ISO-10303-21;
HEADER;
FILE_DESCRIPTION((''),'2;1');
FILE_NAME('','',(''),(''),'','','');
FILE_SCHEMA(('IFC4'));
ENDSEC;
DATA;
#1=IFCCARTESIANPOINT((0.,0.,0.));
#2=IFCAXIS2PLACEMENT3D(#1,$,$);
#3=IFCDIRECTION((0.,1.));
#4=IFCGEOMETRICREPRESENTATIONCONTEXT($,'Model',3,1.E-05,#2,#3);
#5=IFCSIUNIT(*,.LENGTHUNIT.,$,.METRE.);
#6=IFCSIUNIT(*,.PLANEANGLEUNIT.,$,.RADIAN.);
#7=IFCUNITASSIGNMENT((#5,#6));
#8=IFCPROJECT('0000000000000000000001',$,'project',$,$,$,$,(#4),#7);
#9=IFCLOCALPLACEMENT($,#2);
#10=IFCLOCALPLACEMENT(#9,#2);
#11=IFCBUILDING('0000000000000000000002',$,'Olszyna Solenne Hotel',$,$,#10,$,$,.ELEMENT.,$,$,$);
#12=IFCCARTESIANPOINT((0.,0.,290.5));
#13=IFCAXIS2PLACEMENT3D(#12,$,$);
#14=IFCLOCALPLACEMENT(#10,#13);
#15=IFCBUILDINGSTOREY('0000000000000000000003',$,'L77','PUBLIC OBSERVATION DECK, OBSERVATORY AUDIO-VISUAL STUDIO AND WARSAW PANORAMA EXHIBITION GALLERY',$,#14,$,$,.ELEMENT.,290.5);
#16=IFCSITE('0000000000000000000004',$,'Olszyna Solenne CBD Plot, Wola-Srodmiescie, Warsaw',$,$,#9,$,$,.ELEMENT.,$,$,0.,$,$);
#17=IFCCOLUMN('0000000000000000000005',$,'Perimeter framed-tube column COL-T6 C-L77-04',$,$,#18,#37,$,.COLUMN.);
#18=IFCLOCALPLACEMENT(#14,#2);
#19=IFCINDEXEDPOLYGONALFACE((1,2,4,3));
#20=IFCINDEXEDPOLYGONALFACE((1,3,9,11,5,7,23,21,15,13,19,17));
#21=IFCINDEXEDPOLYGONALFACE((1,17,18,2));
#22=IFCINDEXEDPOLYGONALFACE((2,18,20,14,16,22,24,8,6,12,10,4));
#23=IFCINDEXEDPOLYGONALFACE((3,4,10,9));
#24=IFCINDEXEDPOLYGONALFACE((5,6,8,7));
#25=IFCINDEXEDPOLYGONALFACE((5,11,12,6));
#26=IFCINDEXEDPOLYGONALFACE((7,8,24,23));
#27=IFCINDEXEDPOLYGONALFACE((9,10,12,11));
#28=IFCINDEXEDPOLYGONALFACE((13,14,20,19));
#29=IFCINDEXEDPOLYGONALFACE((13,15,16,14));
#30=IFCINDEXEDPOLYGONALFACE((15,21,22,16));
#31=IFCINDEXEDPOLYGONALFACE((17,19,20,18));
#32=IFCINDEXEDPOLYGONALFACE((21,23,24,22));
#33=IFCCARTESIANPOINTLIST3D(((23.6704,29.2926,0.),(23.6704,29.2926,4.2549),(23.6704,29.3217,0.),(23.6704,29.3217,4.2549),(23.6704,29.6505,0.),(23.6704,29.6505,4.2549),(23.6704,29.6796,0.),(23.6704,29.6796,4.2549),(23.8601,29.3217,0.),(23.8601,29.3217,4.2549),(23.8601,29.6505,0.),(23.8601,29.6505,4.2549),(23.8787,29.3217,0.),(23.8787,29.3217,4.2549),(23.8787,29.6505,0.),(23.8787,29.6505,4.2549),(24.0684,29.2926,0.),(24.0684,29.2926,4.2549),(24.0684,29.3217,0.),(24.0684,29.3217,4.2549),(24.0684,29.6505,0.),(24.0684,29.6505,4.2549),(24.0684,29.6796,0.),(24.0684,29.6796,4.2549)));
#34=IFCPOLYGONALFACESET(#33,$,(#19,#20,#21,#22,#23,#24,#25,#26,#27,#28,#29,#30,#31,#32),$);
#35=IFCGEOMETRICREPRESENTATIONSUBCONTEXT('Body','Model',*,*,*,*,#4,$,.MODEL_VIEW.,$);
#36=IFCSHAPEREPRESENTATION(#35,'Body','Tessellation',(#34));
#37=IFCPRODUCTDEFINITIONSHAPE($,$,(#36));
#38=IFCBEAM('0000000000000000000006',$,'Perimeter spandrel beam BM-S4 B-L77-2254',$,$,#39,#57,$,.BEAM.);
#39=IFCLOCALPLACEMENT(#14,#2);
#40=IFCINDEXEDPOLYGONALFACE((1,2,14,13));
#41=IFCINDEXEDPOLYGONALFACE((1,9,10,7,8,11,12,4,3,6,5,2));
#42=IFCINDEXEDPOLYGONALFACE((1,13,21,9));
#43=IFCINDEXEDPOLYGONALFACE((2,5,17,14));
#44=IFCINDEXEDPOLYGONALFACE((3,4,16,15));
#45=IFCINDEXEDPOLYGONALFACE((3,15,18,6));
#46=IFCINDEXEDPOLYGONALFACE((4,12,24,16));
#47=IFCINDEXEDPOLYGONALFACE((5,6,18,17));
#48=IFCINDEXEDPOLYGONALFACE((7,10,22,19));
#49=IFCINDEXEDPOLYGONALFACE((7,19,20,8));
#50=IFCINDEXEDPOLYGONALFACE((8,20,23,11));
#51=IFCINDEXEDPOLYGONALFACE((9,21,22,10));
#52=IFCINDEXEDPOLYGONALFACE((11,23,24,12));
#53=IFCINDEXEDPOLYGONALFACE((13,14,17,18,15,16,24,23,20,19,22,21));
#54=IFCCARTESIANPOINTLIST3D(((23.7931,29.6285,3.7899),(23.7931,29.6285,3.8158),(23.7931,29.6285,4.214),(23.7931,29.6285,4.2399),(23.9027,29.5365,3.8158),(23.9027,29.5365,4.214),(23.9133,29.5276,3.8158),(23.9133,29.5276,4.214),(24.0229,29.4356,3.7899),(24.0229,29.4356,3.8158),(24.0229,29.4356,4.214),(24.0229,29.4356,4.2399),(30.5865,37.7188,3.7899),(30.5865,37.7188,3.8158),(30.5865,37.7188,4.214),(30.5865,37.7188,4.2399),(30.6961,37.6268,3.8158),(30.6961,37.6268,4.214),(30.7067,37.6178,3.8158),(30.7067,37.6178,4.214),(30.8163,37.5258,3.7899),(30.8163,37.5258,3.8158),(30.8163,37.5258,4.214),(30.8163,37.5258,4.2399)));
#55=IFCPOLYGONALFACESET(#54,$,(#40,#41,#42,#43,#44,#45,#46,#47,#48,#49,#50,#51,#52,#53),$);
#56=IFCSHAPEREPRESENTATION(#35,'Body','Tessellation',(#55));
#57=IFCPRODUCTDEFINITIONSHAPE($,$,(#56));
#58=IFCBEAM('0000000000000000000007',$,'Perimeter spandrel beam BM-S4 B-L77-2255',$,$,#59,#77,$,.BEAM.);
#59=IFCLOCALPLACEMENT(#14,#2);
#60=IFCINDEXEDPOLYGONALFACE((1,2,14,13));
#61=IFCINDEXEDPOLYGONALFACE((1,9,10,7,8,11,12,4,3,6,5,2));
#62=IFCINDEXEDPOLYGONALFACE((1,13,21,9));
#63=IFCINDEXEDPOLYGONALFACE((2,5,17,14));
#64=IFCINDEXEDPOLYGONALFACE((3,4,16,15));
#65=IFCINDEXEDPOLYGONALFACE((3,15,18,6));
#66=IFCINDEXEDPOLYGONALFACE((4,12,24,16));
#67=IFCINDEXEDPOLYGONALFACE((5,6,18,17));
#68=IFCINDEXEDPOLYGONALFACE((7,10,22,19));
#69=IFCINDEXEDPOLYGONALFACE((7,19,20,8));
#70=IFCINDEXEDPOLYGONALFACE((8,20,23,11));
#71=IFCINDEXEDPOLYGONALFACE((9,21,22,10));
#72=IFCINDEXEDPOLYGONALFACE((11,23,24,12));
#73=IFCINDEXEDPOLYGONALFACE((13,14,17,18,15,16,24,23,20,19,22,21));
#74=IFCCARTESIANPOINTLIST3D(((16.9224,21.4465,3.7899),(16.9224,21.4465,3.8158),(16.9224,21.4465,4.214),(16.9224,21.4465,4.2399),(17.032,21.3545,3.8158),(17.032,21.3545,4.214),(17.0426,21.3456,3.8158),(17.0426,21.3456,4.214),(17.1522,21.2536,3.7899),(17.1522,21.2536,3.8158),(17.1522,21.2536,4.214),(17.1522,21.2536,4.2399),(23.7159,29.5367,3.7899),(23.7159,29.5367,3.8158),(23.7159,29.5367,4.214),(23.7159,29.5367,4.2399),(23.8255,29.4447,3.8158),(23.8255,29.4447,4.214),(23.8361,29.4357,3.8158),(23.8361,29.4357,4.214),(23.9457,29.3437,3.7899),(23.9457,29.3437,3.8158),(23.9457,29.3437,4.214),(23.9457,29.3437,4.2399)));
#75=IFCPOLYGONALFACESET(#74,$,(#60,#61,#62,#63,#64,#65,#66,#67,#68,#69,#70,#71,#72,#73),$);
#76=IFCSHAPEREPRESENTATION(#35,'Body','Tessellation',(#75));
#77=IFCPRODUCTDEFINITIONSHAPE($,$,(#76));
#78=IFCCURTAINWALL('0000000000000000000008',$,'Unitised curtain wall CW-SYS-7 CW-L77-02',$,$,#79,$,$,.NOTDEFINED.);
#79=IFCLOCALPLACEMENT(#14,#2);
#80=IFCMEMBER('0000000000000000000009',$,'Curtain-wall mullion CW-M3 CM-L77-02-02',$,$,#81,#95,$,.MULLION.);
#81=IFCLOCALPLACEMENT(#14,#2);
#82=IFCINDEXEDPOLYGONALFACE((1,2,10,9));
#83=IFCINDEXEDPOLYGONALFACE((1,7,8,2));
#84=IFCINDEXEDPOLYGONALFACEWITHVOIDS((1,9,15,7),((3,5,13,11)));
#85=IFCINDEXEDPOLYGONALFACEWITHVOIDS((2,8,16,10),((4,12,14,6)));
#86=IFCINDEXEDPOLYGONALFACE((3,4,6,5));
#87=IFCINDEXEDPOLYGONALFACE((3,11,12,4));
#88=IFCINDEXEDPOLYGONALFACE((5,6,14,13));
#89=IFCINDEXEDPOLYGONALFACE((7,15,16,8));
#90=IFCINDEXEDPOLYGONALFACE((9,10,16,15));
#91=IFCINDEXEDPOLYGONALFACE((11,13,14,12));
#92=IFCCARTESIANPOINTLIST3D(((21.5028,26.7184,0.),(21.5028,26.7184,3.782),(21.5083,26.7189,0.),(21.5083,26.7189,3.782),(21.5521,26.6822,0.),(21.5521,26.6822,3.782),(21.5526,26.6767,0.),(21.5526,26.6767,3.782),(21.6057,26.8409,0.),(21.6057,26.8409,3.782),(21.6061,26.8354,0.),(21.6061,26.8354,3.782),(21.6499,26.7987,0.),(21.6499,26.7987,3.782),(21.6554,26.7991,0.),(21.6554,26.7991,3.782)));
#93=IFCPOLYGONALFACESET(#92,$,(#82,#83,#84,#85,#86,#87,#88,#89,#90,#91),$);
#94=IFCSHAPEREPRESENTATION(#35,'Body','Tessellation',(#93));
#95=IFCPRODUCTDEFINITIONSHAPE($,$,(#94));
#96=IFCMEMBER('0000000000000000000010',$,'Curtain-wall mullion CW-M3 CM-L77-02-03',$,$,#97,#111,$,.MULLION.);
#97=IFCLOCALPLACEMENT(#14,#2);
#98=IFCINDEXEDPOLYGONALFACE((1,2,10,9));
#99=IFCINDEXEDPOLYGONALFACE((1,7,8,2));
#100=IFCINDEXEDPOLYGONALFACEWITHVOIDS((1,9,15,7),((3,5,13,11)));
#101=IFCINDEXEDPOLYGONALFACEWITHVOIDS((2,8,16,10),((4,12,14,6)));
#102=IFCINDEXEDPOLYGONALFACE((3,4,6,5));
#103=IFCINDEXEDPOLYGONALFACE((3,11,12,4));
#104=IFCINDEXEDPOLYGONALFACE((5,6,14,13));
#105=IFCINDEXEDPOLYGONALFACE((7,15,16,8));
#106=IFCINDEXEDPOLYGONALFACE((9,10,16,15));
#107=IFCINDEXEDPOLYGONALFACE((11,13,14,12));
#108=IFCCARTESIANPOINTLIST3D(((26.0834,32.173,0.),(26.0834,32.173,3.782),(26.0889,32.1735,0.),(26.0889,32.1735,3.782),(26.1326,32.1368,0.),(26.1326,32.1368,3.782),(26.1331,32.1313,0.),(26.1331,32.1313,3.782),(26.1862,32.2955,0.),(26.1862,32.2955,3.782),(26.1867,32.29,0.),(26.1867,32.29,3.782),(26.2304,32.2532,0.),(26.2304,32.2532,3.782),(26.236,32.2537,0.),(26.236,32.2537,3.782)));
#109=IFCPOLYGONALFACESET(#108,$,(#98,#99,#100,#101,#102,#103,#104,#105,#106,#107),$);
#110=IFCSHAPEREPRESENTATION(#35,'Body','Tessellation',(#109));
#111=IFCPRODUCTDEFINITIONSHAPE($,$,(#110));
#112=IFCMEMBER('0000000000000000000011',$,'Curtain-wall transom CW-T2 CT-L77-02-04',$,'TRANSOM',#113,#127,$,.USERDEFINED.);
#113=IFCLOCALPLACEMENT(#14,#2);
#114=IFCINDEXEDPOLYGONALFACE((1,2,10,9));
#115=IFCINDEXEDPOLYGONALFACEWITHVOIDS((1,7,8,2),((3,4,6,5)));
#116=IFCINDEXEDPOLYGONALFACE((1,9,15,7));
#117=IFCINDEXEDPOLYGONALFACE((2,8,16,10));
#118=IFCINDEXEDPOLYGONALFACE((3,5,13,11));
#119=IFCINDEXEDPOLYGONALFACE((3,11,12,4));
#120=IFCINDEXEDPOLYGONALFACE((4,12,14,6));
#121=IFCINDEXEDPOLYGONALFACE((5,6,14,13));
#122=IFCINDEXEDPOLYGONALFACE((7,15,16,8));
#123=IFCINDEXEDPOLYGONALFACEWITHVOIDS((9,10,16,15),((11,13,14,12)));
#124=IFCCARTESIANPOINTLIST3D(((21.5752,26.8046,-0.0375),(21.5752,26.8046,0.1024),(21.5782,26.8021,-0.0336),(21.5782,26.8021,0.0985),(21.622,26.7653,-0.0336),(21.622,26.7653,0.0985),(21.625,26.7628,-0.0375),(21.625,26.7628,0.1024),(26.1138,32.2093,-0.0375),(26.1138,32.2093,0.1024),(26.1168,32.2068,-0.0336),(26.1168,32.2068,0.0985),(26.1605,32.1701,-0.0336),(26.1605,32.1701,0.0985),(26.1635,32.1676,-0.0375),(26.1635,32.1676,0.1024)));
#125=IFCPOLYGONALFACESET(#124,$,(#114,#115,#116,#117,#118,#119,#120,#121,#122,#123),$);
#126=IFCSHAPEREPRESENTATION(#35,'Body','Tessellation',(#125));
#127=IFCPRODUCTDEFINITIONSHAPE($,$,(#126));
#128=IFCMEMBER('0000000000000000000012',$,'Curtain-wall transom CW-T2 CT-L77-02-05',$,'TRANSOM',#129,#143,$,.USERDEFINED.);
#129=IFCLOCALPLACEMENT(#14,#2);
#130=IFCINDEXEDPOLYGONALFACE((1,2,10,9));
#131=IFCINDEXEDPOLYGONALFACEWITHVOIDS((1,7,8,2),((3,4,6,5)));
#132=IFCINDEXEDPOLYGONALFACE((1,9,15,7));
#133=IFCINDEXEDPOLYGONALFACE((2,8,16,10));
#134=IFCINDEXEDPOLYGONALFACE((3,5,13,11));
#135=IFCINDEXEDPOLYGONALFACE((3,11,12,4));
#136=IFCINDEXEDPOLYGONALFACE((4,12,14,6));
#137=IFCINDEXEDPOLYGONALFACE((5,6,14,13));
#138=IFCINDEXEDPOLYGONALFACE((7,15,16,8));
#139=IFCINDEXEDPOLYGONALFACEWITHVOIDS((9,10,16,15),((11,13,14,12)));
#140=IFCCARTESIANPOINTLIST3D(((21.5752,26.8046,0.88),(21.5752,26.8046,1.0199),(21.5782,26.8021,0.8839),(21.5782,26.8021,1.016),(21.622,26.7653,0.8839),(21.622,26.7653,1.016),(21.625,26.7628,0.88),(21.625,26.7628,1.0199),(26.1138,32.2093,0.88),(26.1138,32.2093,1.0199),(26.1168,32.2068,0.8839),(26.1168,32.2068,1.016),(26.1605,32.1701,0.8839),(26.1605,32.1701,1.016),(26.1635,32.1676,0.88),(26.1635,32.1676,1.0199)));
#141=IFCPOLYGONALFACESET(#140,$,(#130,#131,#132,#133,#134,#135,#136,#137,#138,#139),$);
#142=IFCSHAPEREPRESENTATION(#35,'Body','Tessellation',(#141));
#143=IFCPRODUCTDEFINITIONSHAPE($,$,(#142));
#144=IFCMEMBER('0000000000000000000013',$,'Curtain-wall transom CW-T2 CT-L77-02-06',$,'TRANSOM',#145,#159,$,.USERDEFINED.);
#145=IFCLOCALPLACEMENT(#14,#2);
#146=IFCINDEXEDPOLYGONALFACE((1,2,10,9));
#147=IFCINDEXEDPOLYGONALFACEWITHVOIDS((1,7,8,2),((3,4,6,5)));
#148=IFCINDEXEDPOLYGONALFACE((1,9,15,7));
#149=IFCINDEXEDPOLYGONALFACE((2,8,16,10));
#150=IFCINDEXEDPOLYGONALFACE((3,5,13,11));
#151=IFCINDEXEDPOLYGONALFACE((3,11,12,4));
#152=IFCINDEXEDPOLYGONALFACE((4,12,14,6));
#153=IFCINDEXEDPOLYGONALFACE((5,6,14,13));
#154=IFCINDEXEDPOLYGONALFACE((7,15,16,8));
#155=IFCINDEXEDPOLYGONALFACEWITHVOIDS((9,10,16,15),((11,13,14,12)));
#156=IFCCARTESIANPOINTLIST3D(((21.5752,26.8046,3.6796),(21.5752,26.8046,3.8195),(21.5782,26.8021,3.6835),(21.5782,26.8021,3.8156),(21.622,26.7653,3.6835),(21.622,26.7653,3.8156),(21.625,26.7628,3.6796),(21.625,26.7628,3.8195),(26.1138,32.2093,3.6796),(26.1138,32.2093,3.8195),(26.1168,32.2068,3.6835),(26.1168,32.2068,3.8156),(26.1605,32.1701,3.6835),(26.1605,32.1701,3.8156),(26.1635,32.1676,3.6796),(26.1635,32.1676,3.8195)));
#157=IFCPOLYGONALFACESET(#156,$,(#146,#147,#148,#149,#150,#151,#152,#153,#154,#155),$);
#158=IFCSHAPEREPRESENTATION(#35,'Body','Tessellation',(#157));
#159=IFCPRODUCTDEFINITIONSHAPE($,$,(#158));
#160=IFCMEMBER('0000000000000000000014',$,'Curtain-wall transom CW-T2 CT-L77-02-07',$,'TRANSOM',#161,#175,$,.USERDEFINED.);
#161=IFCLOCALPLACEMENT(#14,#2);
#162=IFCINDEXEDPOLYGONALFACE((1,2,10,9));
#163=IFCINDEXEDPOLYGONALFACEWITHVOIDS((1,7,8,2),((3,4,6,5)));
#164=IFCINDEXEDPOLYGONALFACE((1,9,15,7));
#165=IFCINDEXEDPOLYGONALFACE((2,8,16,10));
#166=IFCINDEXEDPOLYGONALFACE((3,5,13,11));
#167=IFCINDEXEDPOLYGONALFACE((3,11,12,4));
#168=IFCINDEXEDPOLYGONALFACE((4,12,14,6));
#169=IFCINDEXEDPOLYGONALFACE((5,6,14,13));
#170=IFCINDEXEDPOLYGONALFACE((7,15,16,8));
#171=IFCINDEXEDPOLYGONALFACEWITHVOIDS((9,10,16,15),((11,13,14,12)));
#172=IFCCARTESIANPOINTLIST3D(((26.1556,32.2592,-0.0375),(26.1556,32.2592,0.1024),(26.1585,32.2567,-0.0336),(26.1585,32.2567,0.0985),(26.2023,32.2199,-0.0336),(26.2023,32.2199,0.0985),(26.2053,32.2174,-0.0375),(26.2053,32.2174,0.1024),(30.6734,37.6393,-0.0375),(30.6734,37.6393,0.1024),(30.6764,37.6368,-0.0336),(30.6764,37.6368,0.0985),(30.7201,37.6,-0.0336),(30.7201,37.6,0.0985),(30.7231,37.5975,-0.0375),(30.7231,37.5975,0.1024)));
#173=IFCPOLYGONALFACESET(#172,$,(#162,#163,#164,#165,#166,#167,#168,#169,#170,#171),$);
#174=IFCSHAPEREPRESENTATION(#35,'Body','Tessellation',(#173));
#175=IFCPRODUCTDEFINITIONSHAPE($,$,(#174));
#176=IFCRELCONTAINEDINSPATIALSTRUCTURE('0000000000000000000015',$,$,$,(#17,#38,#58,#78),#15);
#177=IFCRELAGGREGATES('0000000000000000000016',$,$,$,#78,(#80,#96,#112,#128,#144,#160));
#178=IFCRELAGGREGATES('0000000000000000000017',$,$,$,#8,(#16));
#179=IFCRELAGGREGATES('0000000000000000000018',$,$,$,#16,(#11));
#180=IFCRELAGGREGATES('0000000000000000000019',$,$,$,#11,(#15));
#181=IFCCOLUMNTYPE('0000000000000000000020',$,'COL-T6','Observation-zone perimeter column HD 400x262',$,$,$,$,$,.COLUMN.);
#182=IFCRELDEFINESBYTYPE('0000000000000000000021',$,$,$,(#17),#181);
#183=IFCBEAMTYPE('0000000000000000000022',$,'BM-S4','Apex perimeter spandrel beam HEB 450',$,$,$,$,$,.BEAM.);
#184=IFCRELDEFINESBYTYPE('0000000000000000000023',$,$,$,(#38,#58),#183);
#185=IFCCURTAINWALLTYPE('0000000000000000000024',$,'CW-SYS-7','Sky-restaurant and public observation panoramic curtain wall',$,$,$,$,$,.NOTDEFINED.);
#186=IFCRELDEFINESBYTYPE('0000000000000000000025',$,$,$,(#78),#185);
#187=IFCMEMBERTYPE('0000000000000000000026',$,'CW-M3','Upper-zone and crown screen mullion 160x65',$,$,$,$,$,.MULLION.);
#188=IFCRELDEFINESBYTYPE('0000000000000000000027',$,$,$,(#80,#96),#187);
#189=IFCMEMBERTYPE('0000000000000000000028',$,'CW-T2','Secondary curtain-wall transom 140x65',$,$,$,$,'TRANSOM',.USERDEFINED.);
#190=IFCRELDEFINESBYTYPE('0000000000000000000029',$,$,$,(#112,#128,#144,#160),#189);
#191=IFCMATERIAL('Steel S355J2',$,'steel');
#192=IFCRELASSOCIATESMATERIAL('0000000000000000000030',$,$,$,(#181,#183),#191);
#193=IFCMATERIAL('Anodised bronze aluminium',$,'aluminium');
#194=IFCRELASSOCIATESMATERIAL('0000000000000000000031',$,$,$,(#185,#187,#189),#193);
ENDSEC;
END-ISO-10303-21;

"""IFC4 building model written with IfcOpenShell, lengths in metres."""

from ifc_helpers import new_model, si_unit, direction, frame, origin, origin_2d, place, context, subcontext, project, spatial, hollow_rectangle, i_section, extrude, source, transform, mapped, material, material_profile, profile_set, type_object, element, aggregate, save


model = new_model("IFC4")

# Units and contexts
model_context = context("Model", 3, precision=1e-05, world=origin(), true_north=direction((0.0, 1.0)))
body_context = subcontext(model_context, "Body", "Model", "MODEL_VIEW")
ifc_project = project(units=[si_unit("LENGTHUNIT", "METRE"), si_unit("PLANEANGLEUNIT", "RADIAN")], contexts=[model_context])

# Site, building, storey
site_placement = place(None, origin())
site = spatial("IfcSite", under=ifc_project, at=site_placement, Name="Olszyna Solenne CBD Plot, Wola-Srodmiescie, Warsaw", CompositionType="ELEMENT", RefElevation=0.0)
building_placement = place(site_placement, origin())
building = spatial("IfcBuilding", under=site, at=building_placement, Name="Olszyna Solenne Hotel", CompositionType="ELEMENT")
storey_placement = place(building_placement, frame((0.0, 0.0, 290.5)))
storey = spatial("IfcBuildingStorey", under=building, at=storey_placement, Name="L77", Description="PUBLIC OBSERVATION DECK, OBSERVATORY AUDIO-VISUAL STUDIO AND WARSAW PANORAMA EXHIBITION GALLERY", CompositionType="ELEMENT", Elevation=290.5)

# Column
ifc_material_1 = material(Name="Steel S355J2", Category="steel")
ifc_material_profile_1 = material_profile(ifc_material_1, i_section(OverallWidth=0.3979, OverallDepth=0.387, WebThickness=0.0186, FlangeThickness=0.0291, at=origin_2d()), Name="HD 400x262", Category="load-bearing")
ifc_profile_set_1 = profile_set([ifc_material_profile_1], Name="Steel S355J2")
column_type = type_object("IfcColumnType", Name="COL-T6", Description="Observation-zone perimeter column HD 400x262", PredefinedType="COLUMN", material=ifc_profile_set_1)
shared_shape_1 = source(origin(), body_context, "Body", "SweptSolid", [
    extrude(i_section(OverallWidth=0.3979, OverallDepth=0.387, WebThickness=0.0186, FlangeThickness=0.0291, at=origin_2d()), origin(), (0.0, 0.0, 1.0), 4.2549),
])
column_placement = place(storey_placement, frame((23.8694, 29.4861, 0.0), z_axis=(0.0, 0.0, 1.0), x_axis=(1.0, 0.0, 0.0)))
element("IfcColumn", 1, at=column_placement, inside=storey, type_object=column_type, Name="Perimeter framed-tube column COL-T6 C-L77-04", PredefinedType="COLUMN", context=body_context, shape_type="MappedRepresentation", body=[
    mapped(shared_shape_1, transform((0.0, 0.0, 0.0), x_axis=(1.0, 0.0, 0.0), y_axis=(0.0, 1.0, 0.0), z_axis=(0.0, 0.0, 1.0), scale=1.0)),
])

# Beams
ifc_material_profile_2 = material_profile(ifc_material_1, i_section(OverallWidth=0.3, OverallDepth=0.45, WebThickness=0.0139, FlangeThickness=0.0259, at=origin_2d()), Name="HEB 450", Category="load-bearing")
ifc_profile_set_2 = profile_set([ifc_material_profile_2], Name="Steel S355J2")
beam_type_1 = type_object("IfcBeamType", Name="BM-S4", Description="Apex perimeter spandrel beam HEB 450", PredefinedType="BEAM", material=ifc_profile_set_2)
shared_shape_2 = source(origin(), body_context, "Body", "SweptSolid", [
    extrude(i_section(OverallWidth=0.3, OverallDepth=0.45, WebThickness=0.0139, FlangeThickness=0.0259, at=origin_2d()), origin(), (0.0, 0.0, 1.0), 10.5642),
])
for number, where, z_axis, x_axis, name in (
    (2, (30.7014, 37.6223, 4.0149), (-0.643058, -0.765818, 0.0), (0.765818, -0.643058, 0.0), "Perimeter spandrel beam BM-S4 B-L77-2254"),
    (3, (23.8308, 29.4402, 4.0149), (-0.643069, -0.765808, 0.0), (0.765808, -0.643069, 0.0), "Perimeter spandrel beam BM-S4 B-L77-2255"),
):
    element("IfcBeam", number, at=place(storey_placement, frame(where, z_axis=z_axis, x_axis=x_axis)), inside=storey, type_object=beam_type_1, Name=name, PredefinedType="BEAM", context=body_context, shape_type="MappedRepresentation", body=[
        mapped(shared_shape_2, transform((0.0, 0.0, 0.0), x_axis=(1.0, 0.0, 0.0), y_axis=(0.0, 1.0, 0.0), z_axis=(0.0, 0.0, 1.0), scale=1.0)),
    ])

# Curtain wall, members
ifc_material_2 = material(Name="Anodised bronze aluminium", Category="aluminium")
curtain_wall_type = type_object("IfcCurtainWallType", Name="CW-SYS-7", Description="Sky-restaurant and public observation panoramic curtain wall", PredefinedType="NOTDEFINED", material=ifc_material_2)
curtain_wall_placement = place(storey_placement, origin())
curtain_wall = element("IfcCurtainWall", 4, at=curtain_wall_placement, inside=storey, type_object=curtain_wall_type, Name="Unitised curtain wall CW-SYS-7 CW-L77-02", PredefinedType="NOTDEFINED")
ifc_material_profile_3 = material_profile(ifc_material_2, hollow_rectangle(XDim=0.0649, YDim=0.1599, WallThickness=0.0039, at=origin_2d()), Name="MULL 160x65x4", Category="load-bearing")
ifc_profile_set_3 = profile_set([ifc_material_profile_3], Name="Anodised bronze aluminium")
member_type_1 = type_object("IfcMemberType", Name="CW-M3", Description="Upper-zone and crown screen mullion 160x65", PredefinedType="MULLION", material=ifc_profile_set_3)
shared_shape_3 = source(origin(), body_context, "Body", "SweptSolid", [
    extrude(hollow_rectangle(XDim=0.0649, YDim=0.1599, WallThickness=0.0039, at=origin_2d()), origin(), (0.0, 0.0, 1.0), 3.782),
])
member_1_placement = place(storey_placement, frame((21.5791, 26.7588, 0.0), z_axis=(0.0, 0.0, 1.0), x_axis=(-0.765808, 0.643069, 0.0)))
member_1 = element("IfcMember", 5, at=member_1_placement, type_object=member_type_1, Name="Curtain-wall mullion CW-M3 CM-L77-02-02", PredefinedType="MULLION", context=body_context, shape_type="MappedRepresentation", body=[
    mapped(shared_shape_3, transform((0.0, 0.0, 0.0), x_axis=(1.0, 0.0, 0.0), y_axis=(0.0, 1.0, 0.0), z_axis=(0.0, 0.0, 1.0), scale=1.0)),
])
member_2_placement = place(storey_placement, frame((26.1597, 32.2134, 0.0), z_axis=(0.0, 0.0, 1.0), x_axis=(-0.765808, 0.643069, 0.0)))
member_2 = element("IfcMember", 6, at=member_2_placement, type_object=member_type_1, Name="Curtain-wall mullion CW-M3 CM-L77-02-03", PredefinedType="MULLION", context=body_context, shape_type="MappedRepresentation", body=[
    mapped(shared_shape_3, transform((0.0, 0.0, 0.0), x_axis=(1.0, 0.0, 0.0), y_axis=(0.0, 1.0, 0.0), z_axis=(0.0, 0.0, 1.0), scale=1.0)),
])
ifc_material_profile_4 = material_profile(ifc_material_2, hollow_rectangle(XDim=0.0649, YDim=0.1399, WallThickness=0.0039, at=origin_2d()), Name="TRAN 140x65x4", Category="load-bearing")
ifc_profile_set_4 = profile_set([ifc_material_profile_4], Name="Anodised bronze aluminium")
member_type_2 = type_object("IfcMemberType", Name="CW-T2", Description="Secondary curtain-wall transom 140x65", ElementType="TRANSOM", PredefinedType="USERDEFINED", material=ifc_profile_set_4)
shared_shape_4 = source(origin(), body_context, "Body", "SweptSolid", [
    extrude(hollow_rectangle(XDim=0.0649, YDim=0.1399, WallThickness=0.0039, at=origin_2d()), origin(), (0.0, 0.0, 1.0), 7.0576),
])
member_3_placement = place(storey_placement, frame((21.6001, 26.7837, 0.0325), z_axis=(0.643072, 0.765806, 0.0), x_axis=(-0.765806, 0.643072, 0.0)))
member_3 = element("IfcMember", 7, at=member_3_placement, type_object=member_type_2, Name="Curtain-wall transom CW-T2 CT-L77-02-04", ObjectType="TRANSOM", PredefinedType="USERDEFINED", context=body_context, shape_type="MappedRepresentation", body=[
    mapped(shared_shape_4, transform((0.0, 0.0, 0.0), x_axis=(1.0, 0.0, 0.0), y_axis=(0.0, 1.0, 0.0), z_axis=(0.0, 0.0, 1.0), scale=1.0)),
])
member_4_placement = place(storey_placement, frame((21.6001, 26.7837, 0.95), z_axis=(0.643072, 0.765806, 0.0), x_axis=(-0.765806, 0.643072, 0.0)))
member_4 = element("IfcMember", 8, at=member_4_placement, type_object=member_type_2, Name="Curtain-wall transom CW-T2 CT-L77-02-05", ObjectType="TRANSOM", PredefinedType="USERDEFINED", context=body_context, shape_type="MappedRepresentation", body=[
    mapped(shared_shape_4, transform((0.0, 0.0, 0.0), x_axis=(1.0, 0.0, 0.0), y_axis=(0.0, 1.0, 0.0), z_axis=(0.0, 0.0, 1.0), scale=1.0)),
])
member_5_placement = place(storey_placement, frame((21.6001, 26.7837, 3.7495), z_axis=(0.643072, 0.765806, 0.0), x_axis=(-0.765806, 0.643072, 0.0)))
member_5 = element("IfcMember", 9, at=member_5_placement, type_object=member_type_2, Name="Curtain-wall transom CW-T2 CT-L77-02-06", ObjectType="TRANSOM", PredefinedType="USERDEFINED", context=body_context, shape_type="MappedRepresentation", body=[
    mapped(shared_shape_4, transform((0.0, 0.0, 0.0), x_axis=(1.0, 0.0, 0.0), y_axis=(0.0, 1.0, 0.0), z_axis=(0.0, 0.0, 1.0), scale=1.0)),
])
shared_shape_5 = source(origin(), body_context, "Body", "SweptSolid", [
    extrude(hollow_rectangle(XDim=0.0649, YDim=0.1399, WallThickness=0.0039, at=origin_2d()), origin(), (0.0, 0.0, 1.0), 7.0254),
])
member_6_placement = place(storey_placement, frame((26.1804, 32.2383, 0.0325), z_axis=(0.643068, 0.765809, 0.0), x_axis=(-0.765809, 0.643068, 0.0)))
member_6 = element("IfcMember", 10, at=member_6_placement, type_object=member_type_2, Name="Curtain-wall transom CW-T2 CT-L77-02-07", ObjectType="TRANSOM", PredefinedType="USERDEFINED", context=body_context, shape_type="MappedRepresentation", body=[
    mapped(shared_shape_5, transform((0.0, 0.0, 0.0), x_axis=(1.0, 0.0, 0.0), y_axis=(0.0, 1.0, 0.0), z_axis=(0.0, 0.0, 1.0), scale=1.0)),
])

aggregate(curtain_wall, [member_1, member_2, member_3, member_4, member_5, member_6])

save(model, "model.ifc")
